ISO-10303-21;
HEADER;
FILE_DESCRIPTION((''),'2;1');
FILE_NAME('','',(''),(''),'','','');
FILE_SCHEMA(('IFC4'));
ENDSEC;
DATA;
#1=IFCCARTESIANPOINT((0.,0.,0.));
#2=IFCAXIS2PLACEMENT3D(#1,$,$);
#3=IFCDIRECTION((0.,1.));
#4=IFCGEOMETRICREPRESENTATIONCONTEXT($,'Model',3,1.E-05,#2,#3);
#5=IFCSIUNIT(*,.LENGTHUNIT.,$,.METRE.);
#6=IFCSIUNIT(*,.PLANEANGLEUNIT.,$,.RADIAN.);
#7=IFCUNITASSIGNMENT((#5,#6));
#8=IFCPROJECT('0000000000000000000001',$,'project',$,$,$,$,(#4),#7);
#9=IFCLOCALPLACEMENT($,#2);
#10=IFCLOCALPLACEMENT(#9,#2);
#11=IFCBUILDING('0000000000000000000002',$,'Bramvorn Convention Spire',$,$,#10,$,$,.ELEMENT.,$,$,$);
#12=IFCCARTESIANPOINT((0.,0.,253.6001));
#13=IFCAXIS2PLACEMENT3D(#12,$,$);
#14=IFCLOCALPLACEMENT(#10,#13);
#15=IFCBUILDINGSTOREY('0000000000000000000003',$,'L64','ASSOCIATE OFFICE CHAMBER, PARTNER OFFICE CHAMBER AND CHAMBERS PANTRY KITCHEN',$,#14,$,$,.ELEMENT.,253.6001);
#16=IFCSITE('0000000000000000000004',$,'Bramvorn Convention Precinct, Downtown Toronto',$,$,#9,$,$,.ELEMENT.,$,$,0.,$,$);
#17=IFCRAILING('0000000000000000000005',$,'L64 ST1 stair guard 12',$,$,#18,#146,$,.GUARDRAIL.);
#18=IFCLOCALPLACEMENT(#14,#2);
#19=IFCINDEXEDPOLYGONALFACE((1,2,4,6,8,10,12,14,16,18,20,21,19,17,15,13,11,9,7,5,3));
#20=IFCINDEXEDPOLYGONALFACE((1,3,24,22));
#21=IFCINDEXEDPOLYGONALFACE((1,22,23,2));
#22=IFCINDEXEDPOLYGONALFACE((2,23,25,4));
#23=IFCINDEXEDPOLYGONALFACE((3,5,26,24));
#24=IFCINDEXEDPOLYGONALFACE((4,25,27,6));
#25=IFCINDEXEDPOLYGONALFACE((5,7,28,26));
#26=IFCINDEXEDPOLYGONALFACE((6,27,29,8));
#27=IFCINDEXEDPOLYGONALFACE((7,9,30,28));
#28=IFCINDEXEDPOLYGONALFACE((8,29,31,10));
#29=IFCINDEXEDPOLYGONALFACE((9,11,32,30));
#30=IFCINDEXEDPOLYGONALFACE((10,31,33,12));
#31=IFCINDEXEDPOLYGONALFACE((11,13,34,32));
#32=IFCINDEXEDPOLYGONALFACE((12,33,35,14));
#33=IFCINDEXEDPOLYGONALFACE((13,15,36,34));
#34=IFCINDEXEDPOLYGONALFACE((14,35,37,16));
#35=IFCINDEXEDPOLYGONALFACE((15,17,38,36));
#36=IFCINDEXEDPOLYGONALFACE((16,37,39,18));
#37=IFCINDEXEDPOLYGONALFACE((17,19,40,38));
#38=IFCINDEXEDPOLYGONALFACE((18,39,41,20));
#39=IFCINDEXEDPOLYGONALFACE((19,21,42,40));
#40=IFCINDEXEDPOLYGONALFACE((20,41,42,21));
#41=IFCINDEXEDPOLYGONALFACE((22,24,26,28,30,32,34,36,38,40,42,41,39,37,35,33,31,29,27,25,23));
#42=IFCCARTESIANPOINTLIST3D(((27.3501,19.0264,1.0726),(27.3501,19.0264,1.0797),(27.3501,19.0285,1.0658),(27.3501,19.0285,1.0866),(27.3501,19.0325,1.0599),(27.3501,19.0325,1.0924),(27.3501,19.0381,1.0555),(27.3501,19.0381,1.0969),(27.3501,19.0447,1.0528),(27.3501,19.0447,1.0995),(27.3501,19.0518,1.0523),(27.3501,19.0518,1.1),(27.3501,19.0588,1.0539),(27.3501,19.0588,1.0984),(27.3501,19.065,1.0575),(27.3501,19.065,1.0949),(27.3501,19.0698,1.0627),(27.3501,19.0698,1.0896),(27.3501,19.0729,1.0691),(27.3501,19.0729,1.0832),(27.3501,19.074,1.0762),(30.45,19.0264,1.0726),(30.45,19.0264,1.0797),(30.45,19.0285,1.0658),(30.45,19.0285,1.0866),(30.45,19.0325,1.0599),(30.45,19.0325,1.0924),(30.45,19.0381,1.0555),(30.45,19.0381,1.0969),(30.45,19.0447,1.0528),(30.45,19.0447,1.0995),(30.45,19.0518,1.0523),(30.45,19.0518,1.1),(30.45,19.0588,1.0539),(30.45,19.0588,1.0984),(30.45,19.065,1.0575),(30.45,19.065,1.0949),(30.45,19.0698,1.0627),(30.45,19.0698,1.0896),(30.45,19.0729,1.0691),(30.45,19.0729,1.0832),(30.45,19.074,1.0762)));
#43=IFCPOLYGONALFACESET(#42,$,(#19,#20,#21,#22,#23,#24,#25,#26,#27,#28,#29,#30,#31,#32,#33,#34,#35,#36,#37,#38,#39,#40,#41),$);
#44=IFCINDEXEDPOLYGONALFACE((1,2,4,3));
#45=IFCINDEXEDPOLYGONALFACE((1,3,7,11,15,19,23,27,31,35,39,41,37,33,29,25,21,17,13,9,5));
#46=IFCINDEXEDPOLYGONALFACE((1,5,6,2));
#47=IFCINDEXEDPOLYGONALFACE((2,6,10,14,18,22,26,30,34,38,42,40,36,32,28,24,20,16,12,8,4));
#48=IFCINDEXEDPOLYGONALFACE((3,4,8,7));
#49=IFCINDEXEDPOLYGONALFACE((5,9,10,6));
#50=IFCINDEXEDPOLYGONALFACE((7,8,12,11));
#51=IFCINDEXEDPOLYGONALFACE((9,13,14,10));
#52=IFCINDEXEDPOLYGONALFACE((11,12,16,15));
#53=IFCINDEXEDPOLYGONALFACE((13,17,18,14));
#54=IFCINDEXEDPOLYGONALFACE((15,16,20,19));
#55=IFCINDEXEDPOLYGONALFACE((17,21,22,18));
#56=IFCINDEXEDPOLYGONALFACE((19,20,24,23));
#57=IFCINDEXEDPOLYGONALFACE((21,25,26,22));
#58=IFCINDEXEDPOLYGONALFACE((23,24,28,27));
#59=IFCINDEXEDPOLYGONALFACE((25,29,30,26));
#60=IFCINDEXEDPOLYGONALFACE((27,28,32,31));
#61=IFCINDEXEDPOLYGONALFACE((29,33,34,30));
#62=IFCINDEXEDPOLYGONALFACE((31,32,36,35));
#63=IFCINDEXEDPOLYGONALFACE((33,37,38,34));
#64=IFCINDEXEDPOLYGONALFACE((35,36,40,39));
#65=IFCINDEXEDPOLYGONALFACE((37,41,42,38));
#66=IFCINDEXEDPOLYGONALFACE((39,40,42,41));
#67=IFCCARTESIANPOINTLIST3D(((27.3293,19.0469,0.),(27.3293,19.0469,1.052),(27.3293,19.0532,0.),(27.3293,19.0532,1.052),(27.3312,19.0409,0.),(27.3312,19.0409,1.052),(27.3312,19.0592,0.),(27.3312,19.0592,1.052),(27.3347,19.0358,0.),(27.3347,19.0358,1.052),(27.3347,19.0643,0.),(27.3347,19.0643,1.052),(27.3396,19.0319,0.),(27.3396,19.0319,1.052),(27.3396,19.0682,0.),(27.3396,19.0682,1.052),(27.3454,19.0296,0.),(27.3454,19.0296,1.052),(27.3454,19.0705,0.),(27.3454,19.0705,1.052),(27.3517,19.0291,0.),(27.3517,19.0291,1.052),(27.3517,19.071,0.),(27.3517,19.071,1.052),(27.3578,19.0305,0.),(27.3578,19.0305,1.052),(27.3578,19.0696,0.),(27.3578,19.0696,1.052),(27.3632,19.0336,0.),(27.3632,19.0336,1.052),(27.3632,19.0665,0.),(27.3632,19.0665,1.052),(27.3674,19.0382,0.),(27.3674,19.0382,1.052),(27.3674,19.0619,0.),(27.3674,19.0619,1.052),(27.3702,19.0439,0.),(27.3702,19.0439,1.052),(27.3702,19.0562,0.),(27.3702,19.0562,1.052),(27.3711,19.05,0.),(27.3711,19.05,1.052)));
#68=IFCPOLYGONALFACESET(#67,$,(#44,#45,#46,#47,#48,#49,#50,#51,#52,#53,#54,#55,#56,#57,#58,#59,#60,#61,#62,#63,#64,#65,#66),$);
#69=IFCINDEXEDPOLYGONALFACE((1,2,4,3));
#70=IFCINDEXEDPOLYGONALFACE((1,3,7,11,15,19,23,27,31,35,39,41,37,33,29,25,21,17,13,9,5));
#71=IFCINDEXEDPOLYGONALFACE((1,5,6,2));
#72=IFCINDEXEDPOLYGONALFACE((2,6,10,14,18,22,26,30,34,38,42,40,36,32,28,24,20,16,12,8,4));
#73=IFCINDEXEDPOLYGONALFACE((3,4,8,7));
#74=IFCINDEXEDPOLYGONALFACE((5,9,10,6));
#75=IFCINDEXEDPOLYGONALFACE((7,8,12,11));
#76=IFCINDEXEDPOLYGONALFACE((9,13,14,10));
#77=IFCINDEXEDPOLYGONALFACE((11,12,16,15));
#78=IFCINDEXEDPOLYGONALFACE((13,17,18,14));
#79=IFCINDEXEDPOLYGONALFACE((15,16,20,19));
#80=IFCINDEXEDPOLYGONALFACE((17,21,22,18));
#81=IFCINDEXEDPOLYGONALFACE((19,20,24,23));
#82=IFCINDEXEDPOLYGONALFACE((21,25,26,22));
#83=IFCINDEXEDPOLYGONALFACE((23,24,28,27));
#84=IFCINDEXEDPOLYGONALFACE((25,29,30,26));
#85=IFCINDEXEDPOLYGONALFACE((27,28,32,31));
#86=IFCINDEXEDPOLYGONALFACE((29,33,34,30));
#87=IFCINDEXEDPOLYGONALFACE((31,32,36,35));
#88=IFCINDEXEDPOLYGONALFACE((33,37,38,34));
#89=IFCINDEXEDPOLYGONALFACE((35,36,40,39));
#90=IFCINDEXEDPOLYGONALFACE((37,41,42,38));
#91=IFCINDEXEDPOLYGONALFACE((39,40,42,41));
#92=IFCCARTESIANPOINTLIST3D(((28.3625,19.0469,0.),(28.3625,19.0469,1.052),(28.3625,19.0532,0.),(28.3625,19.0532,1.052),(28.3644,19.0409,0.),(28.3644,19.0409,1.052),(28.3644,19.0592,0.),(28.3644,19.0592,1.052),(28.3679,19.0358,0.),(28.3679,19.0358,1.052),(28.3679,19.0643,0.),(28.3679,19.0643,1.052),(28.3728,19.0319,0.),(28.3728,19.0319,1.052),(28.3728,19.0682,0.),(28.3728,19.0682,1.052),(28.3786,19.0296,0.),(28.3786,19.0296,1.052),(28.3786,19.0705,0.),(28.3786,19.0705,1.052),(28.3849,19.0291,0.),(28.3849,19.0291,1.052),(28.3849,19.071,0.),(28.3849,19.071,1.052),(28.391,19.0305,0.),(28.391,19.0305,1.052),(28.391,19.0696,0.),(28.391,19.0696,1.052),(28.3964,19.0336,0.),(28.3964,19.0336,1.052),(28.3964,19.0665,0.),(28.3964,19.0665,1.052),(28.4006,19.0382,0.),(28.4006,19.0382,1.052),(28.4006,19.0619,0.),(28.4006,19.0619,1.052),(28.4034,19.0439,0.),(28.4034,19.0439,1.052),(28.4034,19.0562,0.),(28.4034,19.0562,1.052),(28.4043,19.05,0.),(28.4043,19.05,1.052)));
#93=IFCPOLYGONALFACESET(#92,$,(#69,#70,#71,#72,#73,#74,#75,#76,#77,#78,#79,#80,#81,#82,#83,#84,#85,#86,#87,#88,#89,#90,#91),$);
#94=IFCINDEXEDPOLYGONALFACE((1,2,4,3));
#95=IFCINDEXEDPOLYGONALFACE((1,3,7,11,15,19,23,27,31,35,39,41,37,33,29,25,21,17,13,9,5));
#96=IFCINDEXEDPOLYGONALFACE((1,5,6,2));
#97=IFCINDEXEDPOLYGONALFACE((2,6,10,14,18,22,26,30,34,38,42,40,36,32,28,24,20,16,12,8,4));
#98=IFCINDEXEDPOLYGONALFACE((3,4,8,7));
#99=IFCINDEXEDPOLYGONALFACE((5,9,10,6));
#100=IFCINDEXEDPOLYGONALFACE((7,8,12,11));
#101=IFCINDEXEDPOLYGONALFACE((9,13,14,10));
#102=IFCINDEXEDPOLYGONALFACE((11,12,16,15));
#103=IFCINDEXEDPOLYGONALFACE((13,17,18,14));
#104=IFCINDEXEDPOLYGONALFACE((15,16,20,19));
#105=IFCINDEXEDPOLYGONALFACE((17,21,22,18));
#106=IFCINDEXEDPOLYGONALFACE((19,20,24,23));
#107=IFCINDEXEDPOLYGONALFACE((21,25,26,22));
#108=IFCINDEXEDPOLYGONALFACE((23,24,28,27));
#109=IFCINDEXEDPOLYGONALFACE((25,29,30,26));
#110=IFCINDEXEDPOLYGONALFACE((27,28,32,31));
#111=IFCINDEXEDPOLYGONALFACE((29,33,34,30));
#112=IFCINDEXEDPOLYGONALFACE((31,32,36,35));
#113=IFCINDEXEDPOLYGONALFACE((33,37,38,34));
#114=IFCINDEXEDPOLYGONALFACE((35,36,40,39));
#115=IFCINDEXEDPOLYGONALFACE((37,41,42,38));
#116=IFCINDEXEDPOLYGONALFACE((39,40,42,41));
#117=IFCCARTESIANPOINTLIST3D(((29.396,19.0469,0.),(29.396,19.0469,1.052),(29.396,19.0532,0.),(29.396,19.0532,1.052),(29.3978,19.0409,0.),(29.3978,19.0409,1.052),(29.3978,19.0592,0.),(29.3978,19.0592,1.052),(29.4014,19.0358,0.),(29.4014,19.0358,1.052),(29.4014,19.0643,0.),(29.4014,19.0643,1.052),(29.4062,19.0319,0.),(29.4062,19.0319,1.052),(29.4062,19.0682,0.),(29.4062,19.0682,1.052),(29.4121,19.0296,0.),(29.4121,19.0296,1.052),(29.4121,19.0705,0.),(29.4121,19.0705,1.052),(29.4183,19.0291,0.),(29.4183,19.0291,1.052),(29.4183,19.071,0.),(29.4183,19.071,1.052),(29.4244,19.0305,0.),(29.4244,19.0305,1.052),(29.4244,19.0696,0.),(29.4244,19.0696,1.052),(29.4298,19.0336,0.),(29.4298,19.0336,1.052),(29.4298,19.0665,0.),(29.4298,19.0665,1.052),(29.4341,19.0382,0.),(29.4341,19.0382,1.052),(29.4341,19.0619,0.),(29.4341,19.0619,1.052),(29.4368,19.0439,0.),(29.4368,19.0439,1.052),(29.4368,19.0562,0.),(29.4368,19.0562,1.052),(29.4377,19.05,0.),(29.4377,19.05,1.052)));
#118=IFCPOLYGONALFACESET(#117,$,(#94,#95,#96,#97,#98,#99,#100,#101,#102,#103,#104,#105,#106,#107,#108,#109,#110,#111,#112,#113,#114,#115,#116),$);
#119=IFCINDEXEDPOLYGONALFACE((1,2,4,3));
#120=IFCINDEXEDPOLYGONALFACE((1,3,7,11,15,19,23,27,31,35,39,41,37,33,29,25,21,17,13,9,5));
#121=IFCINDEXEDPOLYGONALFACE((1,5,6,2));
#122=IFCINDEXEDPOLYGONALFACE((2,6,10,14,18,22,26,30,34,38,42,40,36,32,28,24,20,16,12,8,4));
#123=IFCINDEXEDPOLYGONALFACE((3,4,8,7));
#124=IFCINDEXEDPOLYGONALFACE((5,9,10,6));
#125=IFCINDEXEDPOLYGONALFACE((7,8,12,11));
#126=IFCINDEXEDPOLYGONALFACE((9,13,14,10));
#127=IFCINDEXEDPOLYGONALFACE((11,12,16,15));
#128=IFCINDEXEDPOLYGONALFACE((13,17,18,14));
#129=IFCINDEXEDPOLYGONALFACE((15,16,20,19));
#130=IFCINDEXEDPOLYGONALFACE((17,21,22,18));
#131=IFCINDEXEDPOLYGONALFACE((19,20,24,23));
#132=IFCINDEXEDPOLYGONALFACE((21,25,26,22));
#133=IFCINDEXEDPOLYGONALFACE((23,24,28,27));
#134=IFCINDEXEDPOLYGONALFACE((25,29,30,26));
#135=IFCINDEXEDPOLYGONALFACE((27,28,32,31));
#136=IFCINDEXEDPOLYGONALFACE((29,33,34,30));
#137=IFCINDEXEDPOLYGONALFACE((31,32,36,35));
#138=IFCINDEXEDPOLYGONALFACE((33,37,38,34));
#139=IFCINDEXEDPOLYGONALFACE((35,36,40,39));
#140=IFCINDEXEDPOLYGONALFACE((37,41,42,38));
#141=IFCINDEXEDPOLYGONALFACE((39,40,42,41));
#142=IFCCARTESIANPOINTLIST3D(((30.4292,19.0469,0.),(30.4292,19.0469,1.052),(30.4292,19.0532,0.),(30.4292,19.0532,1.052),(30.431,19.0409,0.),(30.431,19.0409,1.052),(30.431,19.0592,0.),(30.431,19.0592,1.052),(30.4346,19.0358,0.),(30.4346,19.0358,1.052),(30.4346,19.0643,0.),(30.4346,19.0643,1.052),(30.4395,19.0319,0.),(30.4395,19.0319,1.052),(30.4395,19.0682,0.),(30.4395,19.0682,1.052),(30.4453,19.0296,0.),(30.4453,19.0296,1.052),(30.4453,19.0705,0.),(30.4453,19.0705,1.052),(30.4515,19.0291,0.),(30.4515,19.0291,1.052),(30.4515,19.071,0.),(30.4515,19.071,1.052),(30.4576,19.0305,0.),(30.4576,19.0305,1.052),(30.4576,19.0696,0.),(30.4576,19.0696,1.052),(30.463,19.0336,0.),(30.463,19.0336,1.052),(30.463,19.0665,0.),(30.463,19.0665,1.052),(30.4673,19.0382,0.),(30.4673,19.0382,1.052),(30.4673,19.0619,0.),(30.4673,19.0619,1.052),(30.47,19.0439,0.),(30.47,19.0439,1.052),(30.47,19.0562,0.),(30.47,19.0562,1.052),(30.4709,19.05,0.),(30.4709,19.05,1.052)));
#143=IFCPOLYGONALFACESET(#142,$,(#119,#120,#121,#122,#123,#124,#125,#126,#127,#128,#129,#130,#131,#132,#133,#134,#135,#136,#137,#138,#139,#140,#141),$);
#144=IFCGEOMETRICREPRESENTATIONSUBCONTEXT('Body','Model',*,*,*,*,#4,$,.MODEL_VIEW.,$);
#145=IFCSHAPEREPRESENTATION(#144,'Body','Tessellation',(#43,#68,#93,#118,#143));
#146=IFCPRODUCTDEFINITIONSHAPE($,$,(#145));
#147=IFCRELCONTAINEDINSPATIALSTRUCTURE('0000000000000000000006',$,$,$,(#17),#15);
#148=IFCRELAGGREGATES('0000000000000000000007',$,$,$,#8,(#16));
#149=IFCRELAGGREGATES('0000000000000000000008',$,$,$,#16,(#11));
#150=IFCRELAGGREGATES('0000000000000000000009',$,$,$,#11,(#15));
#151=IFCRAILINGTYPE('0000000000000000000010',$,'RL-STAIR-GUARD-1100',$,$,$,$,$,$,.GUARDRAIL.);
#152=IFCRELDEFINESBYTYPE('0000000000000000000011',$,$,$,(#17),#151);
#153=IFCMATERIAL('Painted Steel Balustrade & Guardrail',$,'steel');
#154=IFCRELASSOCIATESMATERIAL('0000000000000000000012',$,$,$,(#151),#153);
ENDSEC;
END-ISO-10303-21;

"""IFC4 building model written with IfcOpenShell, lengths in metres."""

from ifc_helpers import new_model, si_unit, direction, frame, origin, origin_2d, place, context, subcontext, project, spatial, circle, extrude, material, type_object, element, save


model = new_model("IFC4")

# Units and contexts
model_context = context("Model", 3, precision=1e-05, world=origin(), true_north=direction((0.0, 1.0)))
body_context = subcontext(model_context, "Body", "Model", "MODEL_VIEW")
ifc_project = project(units=[si_unit("LENGTHUNIT", "METRE"), si_unit("PLANEANGLEUNIT", "RADIAN")], contexts=[model_context])

# Site, building, storey
site_placement = place(None, origin())
site = spatial("IfcSite", under=ifc_project, at=site_placement, Name="Bramvorn Convention Precinct, Downtown Toronto", CompositionType="ELEMENT", RefElevation=0.0)
building_placement = place(site_placement, origin())
building = spatial("IfcBuilding", under=site, at=building_placement, Name="Bramvorn Convention Spire", CompositionType="ELEMENT")
storey_placement = place(building_placement, frame((0.0, 0.0, 253.6001)))
storey = spatial("IfcBuildingStorey", under=building, at=storey_placement, Name="L64", Description="ASSOCIATE OFFICE CHAMBER, PARTNER OFFICE CHAMBER AND CHAMBERS PANTRY KITCHEN", CompositionType="ELEMENT", Elevation=253.6001)

# Railing
ifc_material_1 = material(Name="Painted Steel Balustrade & Guardrail", Category="steel")
railing_type_1 = type_object("IfcRailingType", Name="RL-STAIR-GUARD-1100", PredefinedType="GUARDRAIL", material=ifc_material_1)
railing_1_placement = place(storey_placement, frame((27.3501, 19.05, 0.0)))
element("IfcRailing", 1, at=railing_1_placement, inside=storey, type_object=railing_type_1, Name="L64 ST1 stair guard 12", PredefinedType="GUARDRAIL", context=body_context, shape_type="SweptSolid", body=[
    extrude(circle(Radius=0.0239, at=origin_2d()), frame((0.0, 0.0, 1.0762), z_axis=(1.0, 0.0, 0.0), x_axis=(0.0, 1.0, 0.0)), (0.0, 0.0, 1.0), 3.0999),
    extrude(circle(Radius=0.021, at=origin_2d()), origin(), (0.0, 0.0, 1.0), 1.052),
    extrude(circle(Radius=0.021, at=origin_2d()), frame((1.0332, 0.0, 0.0)), (0.0, 0.0, 1.0), 1.052),
    extrude(circle(Radius=0.021, at=origin_2d()), frame((2.0667, 0.0, 0.0)), (0.0, 0.0, 1.0), 1.052),
    extrude(circle(Radius=0.021, at=origin_2d()), frame((3.0999, 0.0, 0.0)), (0.0, 0.0, 1.0), 1.052),
])

save(model, "model.ifc")
